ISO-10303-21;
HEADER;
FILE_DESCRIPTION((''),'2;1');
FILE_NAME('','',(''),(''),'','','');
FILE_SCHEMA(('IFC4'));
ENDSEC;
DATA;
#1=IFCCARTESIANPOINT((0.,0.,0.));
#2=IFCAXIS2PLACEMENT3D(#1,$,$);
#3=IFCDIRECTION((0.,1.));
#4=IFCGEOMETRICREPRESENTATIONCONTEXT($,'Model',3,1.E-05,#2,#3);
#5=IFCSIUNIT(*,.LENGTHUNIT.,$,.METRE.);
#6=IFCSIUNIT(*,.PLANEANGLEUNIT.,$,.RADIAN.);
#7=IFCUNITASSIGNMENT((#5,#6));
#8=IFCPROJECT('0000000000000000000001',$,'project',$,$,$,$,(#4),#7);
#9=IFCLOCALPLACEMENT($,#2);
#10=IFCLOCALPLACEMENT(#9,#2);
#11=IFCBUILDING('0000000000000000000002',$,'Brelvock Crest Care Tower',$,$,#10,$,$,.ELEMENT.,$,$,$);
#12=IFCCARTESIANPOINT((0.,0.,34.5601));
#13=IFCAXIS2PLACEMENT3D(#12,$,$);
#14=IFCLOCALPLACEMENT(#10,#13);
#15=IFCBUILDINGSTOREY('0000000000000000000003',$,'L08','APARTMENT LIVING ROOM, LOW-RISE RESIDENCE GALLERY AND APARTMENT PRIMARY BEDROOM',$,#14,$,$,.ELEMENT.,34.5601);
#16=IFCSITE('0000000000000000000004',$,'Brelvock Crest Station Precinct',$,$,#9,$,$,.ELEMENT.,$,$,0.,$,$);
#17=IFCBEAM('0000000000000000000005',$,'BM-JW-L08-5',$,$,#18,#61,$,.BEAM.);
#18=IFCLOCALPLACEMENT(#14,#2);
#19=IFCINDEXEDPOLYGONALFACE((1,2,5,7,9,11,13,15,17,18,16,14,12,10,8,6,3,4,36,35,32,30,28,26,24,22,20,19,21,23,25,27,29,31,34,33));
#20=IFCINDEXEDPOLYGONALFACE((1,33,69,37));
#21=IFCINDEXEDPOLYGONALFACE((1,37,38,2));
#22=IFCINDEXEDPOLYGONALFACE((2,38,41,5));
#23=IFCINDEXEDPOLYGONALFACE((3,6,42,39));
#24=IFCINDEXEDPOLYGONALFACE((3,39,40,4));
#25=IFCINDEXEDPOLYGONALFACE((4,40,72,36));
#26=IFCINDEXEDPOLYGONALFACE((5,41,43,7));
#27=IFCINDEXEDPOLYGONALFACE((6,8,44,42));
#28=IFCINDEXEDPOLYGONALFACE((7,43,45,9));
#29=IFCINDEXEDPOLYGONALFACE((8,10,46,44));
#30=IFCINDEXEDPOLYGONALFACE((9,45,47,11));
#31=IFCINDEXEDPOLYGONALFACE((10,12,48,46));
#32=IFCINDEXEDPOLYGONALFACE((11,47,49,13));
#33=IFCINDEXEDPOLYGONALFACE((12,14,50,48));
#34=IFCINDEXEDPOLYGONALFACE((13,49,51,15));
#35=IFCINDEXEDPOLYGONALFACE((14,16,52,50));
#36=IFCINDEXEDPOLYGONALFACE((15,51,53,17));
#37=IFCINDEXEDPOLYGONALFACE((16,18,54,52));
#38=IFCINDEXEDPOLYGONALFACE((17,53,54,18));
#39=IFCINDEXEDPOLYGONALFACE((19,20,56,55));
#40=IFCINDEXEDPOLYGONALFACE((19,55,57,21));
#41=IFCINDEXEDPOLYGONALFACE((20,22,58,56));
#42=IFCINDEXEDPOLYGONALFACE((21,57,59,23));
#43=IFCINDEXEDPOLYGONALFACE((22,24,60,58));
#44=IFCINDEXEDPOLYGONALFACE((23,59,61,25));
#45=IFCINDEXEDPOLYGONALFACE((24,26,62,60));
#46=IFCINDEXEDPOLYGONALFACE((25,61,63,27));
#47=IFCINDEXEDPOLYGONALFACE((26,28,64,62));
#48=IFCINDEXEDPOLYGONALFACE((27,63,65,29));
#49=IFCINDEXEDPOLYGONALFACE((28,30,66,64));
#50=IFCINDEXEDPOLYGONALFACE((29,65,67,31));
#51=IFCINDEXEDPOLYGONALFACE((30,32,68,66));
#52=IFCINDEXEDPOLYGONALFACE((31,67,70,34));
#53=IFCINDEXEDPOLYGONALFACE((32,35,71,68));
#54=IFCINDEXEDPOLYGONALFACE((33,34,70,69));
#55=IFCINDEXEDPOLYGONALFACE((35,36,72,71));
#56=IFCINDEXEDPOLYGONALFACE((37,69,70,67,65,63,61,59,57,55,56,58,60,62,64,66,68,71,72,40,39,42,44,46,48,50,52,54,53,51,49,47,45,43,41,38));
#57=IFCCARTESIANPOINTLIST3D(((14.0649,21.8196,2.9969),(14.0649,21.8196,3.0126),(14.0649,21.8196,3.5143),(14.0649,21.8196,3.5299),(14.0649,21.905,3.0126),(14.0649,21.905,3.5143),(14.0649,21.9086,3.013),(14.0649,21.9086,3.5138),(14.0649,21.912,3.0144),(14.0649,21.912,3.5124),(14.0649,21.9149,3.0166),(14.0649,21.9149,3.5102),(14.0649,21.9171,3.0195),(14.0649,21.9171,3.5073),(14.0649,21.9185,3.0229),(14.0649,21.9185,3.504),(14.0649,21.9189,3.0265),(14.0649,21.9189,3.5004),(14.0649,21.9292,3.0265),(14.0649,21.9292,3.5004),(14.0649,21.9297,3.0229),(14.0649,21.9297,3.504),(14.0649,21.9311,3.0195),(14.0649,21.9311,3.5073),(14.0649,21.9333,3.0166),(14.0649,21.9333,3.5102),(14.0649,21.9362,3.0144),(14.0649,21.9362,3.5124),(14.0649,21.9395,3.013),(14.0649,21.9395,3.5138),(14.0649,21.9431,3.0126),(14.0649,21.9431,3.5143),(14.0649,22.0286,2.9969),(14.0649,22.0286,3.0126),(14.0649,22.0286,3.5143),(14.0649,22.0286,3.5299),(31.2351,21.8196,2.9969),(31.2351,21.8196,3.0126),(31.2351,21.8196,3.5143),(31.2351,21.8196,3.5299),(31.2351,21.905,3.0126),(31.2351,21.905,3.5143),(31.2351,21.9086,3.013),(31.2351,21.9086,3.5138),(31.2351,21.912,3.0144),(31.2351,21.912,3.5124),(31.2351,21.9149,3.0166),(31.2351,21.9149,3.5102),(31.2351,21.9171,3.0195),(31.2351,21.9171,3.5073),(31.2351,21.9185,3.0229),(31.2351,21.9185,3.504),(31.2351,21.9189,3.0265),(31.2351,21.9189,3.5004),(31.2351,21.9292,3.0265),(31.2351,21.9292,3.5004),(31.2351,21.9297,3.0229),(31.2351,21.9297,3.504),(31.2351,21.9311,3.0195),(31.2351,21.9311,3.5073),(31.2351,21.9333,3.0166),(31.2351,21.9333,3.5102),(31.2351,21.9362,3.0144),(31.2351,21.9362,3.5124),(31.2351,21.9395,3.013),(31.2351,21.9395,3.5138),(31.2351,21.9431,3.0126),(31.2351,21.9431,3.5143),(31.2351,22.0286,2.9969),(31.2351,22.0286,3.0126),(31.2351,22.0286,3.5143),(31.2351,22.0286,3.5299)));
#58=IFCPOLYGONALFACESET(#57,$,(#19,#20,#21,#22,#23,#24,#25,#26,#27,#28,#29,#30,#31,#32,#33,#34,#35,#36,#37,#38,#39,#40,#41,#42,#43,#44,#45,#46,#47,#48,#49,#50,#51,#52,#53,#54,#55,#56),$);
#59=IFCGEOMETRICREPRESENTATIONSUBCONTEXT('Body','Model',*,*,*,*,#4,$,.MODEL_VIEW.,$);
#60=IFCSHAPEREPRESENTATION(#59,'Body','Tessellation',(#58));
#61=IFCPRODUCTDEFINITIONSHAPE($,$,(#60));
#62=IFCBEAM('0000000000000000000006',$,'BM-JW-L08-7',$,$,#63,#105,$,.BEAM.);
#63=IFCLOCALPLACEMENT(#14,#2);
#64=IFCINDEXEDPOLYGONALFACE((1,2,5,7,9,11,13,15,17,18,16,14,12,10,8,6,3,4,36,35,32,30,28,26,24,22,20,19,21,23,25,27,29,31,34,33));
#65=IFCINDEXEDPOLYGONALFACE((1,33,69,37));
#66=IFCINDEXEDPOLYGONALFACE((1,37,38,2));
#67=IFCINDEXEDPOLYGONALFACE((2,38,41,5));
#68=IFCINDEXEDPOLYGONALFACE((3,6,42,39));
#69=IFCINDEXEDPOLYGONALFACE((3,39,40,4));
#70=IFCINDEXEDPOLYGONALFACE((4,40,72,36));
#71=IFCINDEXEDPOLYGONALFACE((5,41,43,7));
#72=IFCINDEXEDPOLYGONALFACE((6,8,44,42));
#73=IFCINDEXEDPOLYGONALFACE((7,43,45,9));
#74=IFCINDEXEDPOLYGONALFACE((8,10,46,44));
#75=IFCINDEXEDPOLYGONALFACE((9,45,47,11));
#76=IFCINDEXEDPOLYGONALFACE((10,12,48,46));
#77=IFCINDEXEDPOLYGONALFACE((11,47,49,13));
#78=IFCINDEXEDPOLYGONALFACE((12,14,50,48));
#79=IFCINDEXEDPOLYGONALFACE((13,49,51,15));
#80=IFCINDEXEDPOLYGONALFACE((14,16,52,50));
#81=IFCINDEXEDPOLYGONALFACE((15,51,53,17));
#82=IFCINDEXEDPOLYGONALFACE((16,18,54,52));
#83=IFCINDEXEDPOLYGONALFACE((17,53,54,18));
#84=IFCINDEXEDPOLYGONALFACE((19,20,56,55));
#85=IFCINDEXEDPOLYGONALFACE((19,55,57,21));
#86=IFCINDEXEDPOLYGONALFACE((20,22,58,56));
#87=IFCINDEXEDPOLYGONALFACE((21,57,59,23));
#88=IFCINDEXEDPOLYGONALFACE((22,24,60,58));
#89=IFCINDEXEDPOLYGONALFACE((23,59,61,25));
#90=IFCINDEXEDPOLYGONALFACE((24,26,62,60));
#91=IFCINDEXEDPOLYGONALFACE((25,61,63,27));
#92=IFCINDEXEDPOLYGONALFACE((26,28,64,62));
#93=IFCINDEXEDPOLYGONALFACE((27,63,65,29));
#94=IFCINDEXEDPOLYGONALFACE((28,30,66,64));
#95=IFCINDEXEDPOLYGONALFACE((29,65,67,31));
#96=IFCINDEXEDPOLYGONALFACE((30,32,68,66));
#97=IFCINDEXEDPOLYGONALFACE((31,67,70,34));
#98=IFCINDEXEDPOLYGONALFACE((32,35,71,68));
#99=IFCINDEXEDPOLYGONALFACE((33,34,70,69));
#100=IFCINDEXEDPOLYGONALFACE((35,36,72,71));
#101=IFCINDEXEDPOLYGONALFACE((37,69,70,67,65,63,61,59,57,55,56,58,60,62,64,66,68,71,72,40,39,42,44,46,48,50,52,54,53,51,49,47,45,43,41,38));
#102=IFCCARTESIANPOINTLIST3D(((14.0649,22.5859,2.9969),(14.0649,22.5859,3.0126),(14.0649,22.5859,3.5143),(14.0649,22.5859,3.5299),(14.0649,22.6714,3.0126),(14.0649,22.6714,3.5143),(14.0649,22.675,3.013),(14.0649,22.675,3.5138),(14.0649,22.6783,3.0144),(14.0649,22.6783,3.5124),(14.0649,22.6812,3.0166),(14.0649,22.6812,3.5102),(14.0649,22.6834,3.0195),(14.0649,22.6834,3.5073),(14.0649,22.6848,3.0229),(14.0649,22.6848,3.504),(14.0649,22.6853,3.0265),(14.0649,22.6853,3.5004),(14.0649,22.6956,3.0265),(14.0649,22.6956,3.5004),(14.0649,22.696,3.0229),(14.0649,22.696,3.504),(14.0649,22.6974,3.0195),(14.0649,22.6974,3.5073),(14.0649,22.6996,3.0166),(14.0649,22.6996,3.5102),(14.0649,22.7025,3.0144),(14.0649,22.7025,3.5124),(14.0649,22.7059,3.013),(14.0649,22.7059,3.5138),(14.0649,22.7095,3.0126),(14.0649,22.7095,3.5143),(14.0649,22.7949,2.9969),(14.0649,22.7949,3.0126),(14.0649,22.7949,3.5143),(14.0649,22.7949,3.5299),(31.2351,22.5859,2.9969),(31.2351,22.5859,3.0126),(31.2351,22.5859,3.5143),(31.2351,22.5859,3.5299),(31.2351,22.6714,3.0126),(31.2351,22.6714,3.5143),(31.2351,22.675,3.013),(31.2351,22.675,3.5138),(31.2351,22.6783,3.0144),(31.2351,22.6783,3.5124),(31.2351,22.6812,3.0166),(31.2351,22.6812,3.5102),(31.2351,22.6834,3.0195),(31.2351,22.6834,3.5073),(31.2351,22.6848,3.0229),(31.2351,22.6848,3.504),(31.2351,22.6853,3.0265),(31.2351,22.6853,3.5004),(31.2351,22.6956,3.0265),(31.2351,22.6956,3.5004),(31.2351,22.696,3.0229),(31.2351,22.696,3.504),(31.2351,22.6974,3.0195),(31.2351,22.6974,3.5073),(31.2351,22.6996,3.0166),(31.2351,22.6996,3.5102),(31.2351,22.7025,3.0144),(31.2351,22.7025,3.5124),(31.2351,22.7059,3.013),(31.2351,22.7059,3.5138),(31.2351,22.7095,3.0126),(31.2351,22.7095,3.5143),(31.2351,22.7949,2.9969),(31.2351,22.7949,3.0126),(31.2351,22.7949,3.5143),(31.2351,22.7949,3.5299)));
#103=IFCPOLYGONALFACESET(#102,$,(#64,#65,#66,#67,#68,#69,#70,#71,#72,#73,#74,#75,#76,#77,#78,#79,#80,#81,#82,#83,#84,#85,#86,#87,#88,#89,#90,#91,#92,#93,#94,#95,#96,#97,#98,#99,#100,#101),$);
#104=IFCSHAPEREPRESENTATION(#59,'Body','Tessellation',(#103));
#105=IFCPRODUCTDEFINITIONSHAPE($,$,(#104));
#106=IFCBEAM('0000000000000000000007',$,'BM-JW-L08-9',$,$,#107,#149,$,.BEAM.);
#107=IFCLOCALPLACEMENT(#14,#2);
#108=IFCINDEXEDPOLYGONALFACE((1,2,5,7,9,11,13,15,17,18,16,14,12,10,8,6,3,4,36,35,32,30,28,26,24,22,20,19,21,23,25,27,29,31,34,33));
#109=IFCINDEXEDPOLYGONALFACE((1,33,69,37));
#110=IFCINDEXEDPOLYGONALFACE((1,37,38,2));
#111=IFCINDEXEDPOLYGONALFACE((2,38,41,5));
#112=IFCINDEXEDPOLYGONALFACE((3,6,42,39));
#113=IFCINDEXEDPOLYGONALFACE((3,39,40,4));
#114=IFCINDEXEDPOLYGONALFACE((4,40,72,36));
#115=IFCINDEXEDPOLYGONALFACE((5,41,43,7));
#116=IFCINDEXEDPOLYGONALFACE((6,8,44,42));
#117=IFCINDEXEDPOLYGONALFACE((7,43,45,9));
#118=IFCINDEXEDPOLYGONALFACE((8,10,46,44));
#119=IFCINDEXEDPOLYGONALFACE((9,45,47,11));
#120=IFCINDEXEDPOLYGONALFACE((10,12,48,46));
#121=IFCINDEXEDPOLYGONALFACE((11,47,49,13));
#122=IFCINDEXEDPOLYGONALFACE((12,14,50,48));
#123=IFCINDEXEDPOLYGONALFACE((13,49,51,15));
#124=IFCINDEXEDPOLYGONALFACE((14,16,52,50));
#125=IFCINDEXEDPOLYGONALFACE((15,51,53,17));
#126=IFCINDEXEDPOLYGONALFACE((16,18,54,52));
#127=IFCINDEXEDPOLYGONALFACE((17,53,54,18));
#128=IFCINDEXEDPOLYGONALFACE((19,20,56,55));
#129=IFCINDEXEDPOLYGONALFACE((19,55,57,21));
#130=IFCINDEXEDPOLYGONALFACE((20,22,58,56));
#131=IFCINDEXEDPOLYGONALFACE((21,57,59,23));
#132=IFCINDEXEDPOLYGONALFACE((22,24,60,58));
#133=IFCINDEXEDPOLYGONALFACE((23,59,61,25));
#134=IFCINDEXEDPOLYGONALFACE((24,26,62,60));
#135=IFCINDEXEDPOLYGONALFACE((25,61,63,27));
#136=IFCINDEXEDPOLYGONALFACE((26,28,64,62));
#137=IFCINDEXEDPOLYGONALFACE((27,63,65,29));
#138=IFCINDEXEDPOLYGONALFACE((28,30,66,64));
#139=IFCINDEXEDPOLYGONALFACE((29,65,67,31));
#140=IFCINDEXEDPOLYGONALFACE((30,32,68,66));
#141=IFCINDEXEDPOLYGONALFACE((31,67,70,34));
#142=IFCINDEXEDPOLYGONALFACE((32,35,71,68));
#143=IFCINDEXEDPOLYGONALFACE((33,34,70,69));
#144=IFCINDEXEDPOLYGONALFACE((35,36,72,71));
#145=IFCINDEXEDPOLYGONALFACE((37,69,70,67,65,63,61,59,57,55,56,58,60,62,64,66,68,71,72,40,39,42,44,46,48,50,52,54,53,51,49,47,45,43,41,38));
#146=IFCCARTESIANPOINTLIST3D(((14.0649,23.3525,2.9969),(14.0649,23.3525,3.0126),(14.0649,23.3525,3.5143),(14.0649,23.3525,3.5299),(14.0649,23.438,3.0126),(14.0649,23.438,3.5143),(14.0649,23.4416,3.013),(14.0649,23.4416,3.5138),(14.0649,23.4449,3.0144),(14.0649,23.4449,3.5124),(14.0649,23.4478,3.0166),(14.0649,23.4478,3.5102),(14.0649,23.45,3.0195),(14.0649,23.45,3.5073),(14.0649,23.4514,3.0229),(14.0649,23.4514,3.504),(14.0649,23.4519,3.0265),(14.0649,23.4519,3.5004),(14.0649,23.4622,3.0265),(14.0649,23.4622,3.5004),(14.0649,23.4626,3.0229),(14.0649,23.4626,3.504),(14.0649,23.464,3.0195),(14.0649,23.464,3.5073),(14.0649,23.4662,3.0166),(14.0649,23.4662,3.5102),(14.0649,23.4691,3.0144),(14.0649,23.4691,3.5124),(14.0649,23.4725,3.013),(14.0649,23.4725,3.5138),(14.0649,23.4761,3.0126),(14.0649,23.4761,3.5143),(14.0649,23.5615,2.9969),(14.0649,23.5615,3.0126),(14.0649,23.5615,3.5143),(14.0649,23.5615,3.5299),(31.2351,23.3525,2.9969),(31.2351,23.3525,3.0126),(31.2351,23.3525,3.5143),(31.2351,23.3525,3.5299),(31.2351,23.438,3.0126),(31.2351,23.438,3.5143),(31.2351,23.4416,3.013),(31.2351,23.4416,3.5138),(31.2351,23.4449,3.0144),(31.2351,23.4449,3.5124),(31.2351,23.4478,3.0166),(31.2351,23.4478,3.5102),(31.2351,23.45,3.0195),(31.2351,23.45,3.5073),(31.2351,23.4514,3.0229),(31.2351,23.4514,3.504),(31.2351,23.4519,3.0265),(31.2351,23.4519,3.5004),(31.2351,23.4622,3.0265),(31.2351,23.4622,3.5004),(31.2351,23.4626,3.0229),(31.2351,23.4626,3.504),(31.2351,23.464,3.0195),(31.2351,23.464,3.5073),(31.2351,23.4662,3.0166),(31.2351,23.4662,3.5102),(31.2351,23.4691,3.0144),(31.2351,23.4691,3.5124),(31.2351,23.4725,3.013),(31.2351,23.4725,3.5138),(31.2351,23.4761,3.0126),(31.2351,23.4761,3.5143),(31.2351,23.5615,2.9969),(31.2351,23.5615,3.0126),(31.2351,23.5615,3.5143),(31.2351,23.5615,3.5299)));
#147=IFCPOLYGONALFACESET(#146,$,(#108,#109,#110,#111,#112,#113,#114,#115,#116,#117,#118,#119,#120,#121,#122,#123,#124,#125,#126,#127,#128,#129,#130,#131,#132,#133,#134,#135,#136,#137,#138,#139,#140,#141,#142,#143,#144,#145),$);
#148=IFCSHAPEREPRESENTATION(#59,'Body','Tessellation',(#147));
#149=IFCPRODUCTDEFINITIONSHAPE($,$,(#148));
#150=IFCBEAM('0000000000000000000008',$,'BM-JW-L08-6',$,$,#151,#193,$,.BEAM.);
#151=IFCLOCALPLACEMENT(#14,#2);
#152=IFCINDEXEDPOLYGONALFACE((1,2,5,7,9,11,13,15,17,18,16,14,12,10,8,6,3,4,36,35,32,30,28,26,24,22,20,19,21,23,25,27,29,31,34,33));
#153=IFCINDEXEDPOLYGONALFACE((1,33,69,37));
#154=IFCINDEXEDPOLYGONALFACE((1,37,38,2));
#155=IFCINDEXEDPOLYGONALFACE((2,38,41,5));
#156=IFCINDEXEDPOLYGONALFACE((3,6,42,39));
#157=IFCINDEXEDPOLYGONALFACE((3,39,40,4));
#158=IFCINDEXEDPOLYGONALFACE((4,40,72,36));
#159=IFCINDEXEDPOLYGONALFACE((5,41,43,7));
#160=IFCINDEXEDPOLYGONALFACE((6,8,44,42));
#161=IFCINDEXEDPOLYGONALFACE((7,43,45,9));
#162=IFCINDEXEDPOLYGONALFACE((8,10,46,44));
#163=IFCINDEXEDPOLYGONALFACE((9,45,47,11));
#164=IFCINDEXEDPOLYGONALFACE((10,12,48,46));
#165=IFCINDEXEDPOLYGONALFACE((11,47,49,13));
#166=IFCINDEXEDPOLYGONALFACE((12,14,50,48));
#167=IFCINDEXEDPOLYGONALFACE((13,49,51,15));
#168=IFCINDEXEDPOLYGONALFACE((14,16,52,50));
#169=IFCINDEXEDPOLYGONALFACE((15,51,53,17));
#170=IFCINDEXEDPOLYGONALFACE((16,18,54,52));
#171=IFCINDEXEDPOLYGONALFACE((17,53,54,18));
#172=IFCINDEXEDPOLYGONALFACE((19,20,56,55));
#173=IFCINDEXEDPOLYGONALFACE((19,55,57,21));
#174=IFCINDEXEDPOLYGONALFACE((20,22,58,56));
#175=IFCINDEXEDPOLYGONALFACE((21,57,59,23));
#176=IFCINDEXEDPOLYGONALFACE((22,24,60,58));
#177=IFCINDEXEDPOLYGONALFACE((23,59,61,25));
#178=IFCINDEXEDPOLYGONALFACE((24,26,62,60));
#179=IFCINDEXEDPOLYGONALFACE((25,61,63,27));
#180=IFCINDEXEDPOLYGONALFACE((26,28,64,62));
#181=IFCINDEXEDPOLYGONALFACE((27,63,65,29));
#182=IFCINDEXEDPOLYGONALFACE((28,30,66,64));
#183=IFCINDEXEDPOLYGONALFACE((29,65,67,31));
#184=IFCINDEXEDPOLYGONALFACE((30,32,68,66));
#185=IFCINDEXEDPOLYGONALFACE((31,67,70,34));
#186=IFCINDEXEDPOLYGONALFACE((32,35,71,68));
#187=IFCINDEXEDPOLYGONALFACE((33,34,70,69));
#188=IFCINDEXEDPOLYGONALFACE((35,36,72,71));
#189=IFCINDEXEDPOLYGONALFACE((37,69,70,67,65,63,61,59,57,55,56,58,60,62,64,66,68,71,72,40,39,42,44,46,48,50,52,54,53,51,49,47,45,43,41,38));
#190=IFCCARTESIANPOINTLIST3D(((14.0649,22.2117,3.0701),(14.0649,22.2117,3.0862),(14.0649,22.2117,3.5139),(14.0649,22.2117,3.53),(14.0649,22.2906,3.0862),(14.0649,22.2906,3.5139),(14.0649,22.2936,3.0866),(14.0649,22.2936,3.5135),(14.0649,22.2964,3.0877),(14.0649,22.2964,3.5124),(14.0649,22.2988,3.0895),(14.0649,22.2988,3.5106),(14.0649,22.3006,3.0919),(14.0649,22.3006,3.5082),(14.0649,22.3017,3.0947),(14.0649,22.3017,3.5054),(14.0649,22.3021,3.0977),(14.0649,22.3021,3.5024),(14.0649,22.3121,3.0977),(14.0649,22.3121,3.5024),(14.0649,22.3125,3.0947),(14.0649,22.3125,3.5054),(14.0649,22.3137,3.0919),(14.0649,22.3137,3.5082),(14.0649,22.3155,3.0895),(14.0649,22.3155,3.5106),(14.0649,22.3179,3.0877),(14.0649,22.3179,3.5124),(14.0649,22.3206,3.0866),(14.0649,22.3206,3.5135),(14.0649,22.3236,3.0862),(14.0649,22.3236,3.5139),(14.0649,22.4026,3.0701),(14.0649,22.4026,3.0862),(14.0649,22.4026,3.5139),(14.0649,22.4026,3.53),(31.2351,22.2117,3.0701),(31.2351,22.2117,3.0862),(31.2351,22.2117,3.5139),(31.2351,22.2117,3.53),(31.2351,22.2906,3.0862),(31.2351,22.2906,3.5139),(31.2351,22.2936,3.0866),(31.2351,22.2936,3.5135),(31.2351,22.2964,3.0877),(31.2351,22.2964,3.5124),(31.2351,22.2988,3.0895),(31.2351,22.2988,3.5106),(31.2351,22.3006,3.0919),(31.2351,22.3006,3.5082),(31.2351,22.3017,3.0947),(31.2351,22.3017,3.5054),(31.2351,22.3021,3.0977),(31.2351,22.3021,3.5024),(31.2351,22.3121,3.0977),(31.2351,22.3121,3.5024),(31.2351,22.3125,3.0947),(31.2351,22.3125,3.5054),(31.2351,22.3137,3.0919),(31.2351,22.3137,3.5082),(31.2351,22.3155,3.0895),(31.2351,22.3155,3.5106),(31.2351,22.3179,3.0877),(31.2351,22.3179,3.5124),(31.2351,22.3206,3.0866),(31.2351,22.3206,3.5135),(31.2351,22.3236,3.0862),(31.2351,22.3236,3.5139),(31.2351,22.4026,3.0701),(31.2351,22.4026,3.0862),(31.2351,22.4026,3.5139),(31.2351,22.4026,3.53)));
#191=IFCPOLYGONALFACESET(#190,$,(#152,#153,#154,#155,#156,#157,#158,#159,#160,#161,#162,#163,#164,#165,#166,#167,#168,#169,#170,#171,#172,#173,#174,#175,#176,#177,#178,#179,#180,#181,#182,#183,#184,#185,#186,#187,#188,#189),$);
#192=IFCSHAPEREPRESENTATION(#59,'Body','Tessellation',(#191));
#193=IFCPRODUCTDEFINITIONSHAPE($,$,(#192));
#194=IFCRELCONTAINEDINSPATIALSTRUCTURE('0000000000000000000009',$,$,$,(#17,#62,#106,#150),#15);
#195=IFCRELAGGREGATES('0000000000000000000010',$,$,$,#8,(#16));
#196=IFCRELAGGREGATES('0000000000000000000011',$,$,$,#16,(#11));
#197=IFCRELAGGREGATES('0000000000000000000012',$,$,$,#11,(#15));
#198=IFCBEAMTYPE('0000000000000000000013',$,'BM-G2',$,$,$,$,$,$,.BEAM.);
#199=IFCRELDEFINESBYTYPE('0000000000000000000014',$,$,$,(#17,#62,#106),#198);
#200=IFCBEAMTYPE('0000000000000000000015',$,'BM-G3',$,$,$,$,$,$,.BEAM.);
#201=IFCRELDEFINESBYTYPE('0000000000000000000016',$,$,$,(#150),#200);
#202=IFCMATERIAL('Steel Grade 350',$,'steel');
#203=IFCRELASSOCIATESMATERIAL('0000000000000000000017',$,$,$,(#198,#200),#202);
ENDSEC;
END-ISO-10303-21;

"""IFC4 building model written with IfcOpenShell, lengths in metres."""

from ifc_helpers import new_model, si_unit, direction, frame, origin, origin_2d, place, context, subcontext, project, spatial, i_section, extrude, source, transform, mapped, material, material_profile, profile_set, type_object, element, save


model = new_model("IFC4")

# Units and contexts
model_context = context("Model", 3, precision=1e-05, world=origin(), true_north=direction((0.0, 1.0)))
body_context = subcontext(model_context, "Body", "Model", "MODEL_VIEW")
ifc_project = project(units=[si_unit("LENGTHUNIT", "METRE"), si_unit("PLANEANGLEUNIT", "RADIAN")], contexts=[model_context])

# Site, building, storey
site_placement = place(None, origin())
site = spatial("IfcSite", under=ifc_project, at=site_placement, Name="Brelvock Crest Station Precinct", CompositionType="ELEMENT", RefElevation=0.0)
building_placement = place(site_placement, origin())
building = spatial("IfcBuilding", under=site, at=building_placement, Name="Brelvock Crest Care Tower", CompositionType="ELEMENT")
storey_placement = place(building_placement, frame((0.0, 0.0, 34.5601)))
storey = spatial("IfcBuildingStorey", under=building, at=storey_placement, Name="L08", Description="APARTMENT LIVING ROOM, LOW-RISE RESIDENCE GALLERY AND APARTMENT PRIMARY BEDROOM", CompositionType="ELEMENT", Elevation=34.5601)

# Beams
ifc_material_1 = material(Name="Steel Grade 350", Category="steel")
ifc_material_profile_1 = material_profile(ifc_material_1, i_section(OverallWidth=0.209, OverallDepth=0.533, WebThickness=0.0103, FlangeThickness=0.0156, FilletRadius=0.0139, at=origin_2d()), Name="530UB92.4")
ifc_profile_set_1 = profile_set([ifc_material_profile_1], Name="Steel Grade 350")
beam_type_1 = type_object("IfcBeamType", Name="BM-G2", PredefinedType="BEAM", material=ifc_profile_set_1)
shared_shape_1 = source(origin(), body_context, "Body", "SweptSolid", [
    extrude(i_section(OverallWidth=0.209, OverallDepth=0.533, WebThickness=0.0103, FlangeThickness=0.0156, FilletRadius=0.0139, at=origin_2d()), origin(), (0.0, 0.0, 1.0), 17.1702),
])
for number, where, z_axis, x_axis, name in (
    (1, (14.0649, 21.9241, 3.2634), (1.0, 0.0, 0.0), (0.0, 1.0, 0.0), "BM-JW-L08-5"),
    (2, (14.0649, 22.6904, 3.2634), (1.0, 0.0, 0.0), (0.0, 1.0, 0.0), "BM-JW-L08-7"),
    (3, (14.0649, 23.457, 3.2634), (1.0, 0.0, 0.0), (0.0, 1.0, 0.0), "BM-JW-L08-9"),
):
    element("IfcBeam", number, at=place(storey_placement, frame(where, z_axis=z_axis, x_axis=x_axis)), inside=storey, type_object=beam_type_1, Name=name, PredefinedType="BEAM", context=body_context, shape_type="MappedRepresentation", body=[
        mapped(shared_shape_1, transform((0.0, 0.0, 0.0), x_axis=(1.0, 0.0, 0.0), y_axis=(0.0, 1.0, 0.0), z_axis=(0.0, 0.0, 1.0), scale=1.0)),
    ])
ifc_material_profile_2 = material_profile(ifc_material_1, i_section(OverallWidth=0.1909, OverallDepth=0.46, WebThickness=0.01, FlangeThickness=0.0161, FilletRadius=0.0115, at=origin_2d()), Name="460UB82.1")
ifc_profile_set_2 = profile_set([ifc_material_profile_2], Name="Steel Grade 350")
beam_type_2 = type_object("IfcBeamType", Name="BM-G3", PredefinedType="BEAM", material=ifc_profile_set_2)
shared_shape_2 = source(origin(), body_context, "Body", "SweptSolid", [
    extrude(i_section(OverallWidth=0.1909, OverallDepth=0.46, WebThickness=0.01, FlangeThickness=0.0161, FilletRadius=0.0115, at=origin_2d()), origin(), (0.0, 0.0, 1.0), 17.1702),
])
for number, where, z_axis, x_axis, name in (
    (4, (14.0649, 22.3071, 3.3), (1.0, 0.0, 0.0), (0.0, 1.0, 0.0), "BM-JW-L08-6"),
):
    element("IfcBeam", number, at=place(storey_placement, frame(where, z_axis=z_axis, x_axis=x_axis)), inside=storey, type_object=beam_type_2, Name=name, PredefinedType="BEAM", context=body_context, shape_type="MappedRepresentation", body=[
        mapped(shared_shape_2, transform((0.0, 0.0, 0.0), x_axis=(1.0, 0.0, 0.0), y_axis=(0.0, 1.0, 0.0), z_axis=(0.0, 0.0, 1.0), scale=1.0)),
    ])

save(model, "model.ifc")
